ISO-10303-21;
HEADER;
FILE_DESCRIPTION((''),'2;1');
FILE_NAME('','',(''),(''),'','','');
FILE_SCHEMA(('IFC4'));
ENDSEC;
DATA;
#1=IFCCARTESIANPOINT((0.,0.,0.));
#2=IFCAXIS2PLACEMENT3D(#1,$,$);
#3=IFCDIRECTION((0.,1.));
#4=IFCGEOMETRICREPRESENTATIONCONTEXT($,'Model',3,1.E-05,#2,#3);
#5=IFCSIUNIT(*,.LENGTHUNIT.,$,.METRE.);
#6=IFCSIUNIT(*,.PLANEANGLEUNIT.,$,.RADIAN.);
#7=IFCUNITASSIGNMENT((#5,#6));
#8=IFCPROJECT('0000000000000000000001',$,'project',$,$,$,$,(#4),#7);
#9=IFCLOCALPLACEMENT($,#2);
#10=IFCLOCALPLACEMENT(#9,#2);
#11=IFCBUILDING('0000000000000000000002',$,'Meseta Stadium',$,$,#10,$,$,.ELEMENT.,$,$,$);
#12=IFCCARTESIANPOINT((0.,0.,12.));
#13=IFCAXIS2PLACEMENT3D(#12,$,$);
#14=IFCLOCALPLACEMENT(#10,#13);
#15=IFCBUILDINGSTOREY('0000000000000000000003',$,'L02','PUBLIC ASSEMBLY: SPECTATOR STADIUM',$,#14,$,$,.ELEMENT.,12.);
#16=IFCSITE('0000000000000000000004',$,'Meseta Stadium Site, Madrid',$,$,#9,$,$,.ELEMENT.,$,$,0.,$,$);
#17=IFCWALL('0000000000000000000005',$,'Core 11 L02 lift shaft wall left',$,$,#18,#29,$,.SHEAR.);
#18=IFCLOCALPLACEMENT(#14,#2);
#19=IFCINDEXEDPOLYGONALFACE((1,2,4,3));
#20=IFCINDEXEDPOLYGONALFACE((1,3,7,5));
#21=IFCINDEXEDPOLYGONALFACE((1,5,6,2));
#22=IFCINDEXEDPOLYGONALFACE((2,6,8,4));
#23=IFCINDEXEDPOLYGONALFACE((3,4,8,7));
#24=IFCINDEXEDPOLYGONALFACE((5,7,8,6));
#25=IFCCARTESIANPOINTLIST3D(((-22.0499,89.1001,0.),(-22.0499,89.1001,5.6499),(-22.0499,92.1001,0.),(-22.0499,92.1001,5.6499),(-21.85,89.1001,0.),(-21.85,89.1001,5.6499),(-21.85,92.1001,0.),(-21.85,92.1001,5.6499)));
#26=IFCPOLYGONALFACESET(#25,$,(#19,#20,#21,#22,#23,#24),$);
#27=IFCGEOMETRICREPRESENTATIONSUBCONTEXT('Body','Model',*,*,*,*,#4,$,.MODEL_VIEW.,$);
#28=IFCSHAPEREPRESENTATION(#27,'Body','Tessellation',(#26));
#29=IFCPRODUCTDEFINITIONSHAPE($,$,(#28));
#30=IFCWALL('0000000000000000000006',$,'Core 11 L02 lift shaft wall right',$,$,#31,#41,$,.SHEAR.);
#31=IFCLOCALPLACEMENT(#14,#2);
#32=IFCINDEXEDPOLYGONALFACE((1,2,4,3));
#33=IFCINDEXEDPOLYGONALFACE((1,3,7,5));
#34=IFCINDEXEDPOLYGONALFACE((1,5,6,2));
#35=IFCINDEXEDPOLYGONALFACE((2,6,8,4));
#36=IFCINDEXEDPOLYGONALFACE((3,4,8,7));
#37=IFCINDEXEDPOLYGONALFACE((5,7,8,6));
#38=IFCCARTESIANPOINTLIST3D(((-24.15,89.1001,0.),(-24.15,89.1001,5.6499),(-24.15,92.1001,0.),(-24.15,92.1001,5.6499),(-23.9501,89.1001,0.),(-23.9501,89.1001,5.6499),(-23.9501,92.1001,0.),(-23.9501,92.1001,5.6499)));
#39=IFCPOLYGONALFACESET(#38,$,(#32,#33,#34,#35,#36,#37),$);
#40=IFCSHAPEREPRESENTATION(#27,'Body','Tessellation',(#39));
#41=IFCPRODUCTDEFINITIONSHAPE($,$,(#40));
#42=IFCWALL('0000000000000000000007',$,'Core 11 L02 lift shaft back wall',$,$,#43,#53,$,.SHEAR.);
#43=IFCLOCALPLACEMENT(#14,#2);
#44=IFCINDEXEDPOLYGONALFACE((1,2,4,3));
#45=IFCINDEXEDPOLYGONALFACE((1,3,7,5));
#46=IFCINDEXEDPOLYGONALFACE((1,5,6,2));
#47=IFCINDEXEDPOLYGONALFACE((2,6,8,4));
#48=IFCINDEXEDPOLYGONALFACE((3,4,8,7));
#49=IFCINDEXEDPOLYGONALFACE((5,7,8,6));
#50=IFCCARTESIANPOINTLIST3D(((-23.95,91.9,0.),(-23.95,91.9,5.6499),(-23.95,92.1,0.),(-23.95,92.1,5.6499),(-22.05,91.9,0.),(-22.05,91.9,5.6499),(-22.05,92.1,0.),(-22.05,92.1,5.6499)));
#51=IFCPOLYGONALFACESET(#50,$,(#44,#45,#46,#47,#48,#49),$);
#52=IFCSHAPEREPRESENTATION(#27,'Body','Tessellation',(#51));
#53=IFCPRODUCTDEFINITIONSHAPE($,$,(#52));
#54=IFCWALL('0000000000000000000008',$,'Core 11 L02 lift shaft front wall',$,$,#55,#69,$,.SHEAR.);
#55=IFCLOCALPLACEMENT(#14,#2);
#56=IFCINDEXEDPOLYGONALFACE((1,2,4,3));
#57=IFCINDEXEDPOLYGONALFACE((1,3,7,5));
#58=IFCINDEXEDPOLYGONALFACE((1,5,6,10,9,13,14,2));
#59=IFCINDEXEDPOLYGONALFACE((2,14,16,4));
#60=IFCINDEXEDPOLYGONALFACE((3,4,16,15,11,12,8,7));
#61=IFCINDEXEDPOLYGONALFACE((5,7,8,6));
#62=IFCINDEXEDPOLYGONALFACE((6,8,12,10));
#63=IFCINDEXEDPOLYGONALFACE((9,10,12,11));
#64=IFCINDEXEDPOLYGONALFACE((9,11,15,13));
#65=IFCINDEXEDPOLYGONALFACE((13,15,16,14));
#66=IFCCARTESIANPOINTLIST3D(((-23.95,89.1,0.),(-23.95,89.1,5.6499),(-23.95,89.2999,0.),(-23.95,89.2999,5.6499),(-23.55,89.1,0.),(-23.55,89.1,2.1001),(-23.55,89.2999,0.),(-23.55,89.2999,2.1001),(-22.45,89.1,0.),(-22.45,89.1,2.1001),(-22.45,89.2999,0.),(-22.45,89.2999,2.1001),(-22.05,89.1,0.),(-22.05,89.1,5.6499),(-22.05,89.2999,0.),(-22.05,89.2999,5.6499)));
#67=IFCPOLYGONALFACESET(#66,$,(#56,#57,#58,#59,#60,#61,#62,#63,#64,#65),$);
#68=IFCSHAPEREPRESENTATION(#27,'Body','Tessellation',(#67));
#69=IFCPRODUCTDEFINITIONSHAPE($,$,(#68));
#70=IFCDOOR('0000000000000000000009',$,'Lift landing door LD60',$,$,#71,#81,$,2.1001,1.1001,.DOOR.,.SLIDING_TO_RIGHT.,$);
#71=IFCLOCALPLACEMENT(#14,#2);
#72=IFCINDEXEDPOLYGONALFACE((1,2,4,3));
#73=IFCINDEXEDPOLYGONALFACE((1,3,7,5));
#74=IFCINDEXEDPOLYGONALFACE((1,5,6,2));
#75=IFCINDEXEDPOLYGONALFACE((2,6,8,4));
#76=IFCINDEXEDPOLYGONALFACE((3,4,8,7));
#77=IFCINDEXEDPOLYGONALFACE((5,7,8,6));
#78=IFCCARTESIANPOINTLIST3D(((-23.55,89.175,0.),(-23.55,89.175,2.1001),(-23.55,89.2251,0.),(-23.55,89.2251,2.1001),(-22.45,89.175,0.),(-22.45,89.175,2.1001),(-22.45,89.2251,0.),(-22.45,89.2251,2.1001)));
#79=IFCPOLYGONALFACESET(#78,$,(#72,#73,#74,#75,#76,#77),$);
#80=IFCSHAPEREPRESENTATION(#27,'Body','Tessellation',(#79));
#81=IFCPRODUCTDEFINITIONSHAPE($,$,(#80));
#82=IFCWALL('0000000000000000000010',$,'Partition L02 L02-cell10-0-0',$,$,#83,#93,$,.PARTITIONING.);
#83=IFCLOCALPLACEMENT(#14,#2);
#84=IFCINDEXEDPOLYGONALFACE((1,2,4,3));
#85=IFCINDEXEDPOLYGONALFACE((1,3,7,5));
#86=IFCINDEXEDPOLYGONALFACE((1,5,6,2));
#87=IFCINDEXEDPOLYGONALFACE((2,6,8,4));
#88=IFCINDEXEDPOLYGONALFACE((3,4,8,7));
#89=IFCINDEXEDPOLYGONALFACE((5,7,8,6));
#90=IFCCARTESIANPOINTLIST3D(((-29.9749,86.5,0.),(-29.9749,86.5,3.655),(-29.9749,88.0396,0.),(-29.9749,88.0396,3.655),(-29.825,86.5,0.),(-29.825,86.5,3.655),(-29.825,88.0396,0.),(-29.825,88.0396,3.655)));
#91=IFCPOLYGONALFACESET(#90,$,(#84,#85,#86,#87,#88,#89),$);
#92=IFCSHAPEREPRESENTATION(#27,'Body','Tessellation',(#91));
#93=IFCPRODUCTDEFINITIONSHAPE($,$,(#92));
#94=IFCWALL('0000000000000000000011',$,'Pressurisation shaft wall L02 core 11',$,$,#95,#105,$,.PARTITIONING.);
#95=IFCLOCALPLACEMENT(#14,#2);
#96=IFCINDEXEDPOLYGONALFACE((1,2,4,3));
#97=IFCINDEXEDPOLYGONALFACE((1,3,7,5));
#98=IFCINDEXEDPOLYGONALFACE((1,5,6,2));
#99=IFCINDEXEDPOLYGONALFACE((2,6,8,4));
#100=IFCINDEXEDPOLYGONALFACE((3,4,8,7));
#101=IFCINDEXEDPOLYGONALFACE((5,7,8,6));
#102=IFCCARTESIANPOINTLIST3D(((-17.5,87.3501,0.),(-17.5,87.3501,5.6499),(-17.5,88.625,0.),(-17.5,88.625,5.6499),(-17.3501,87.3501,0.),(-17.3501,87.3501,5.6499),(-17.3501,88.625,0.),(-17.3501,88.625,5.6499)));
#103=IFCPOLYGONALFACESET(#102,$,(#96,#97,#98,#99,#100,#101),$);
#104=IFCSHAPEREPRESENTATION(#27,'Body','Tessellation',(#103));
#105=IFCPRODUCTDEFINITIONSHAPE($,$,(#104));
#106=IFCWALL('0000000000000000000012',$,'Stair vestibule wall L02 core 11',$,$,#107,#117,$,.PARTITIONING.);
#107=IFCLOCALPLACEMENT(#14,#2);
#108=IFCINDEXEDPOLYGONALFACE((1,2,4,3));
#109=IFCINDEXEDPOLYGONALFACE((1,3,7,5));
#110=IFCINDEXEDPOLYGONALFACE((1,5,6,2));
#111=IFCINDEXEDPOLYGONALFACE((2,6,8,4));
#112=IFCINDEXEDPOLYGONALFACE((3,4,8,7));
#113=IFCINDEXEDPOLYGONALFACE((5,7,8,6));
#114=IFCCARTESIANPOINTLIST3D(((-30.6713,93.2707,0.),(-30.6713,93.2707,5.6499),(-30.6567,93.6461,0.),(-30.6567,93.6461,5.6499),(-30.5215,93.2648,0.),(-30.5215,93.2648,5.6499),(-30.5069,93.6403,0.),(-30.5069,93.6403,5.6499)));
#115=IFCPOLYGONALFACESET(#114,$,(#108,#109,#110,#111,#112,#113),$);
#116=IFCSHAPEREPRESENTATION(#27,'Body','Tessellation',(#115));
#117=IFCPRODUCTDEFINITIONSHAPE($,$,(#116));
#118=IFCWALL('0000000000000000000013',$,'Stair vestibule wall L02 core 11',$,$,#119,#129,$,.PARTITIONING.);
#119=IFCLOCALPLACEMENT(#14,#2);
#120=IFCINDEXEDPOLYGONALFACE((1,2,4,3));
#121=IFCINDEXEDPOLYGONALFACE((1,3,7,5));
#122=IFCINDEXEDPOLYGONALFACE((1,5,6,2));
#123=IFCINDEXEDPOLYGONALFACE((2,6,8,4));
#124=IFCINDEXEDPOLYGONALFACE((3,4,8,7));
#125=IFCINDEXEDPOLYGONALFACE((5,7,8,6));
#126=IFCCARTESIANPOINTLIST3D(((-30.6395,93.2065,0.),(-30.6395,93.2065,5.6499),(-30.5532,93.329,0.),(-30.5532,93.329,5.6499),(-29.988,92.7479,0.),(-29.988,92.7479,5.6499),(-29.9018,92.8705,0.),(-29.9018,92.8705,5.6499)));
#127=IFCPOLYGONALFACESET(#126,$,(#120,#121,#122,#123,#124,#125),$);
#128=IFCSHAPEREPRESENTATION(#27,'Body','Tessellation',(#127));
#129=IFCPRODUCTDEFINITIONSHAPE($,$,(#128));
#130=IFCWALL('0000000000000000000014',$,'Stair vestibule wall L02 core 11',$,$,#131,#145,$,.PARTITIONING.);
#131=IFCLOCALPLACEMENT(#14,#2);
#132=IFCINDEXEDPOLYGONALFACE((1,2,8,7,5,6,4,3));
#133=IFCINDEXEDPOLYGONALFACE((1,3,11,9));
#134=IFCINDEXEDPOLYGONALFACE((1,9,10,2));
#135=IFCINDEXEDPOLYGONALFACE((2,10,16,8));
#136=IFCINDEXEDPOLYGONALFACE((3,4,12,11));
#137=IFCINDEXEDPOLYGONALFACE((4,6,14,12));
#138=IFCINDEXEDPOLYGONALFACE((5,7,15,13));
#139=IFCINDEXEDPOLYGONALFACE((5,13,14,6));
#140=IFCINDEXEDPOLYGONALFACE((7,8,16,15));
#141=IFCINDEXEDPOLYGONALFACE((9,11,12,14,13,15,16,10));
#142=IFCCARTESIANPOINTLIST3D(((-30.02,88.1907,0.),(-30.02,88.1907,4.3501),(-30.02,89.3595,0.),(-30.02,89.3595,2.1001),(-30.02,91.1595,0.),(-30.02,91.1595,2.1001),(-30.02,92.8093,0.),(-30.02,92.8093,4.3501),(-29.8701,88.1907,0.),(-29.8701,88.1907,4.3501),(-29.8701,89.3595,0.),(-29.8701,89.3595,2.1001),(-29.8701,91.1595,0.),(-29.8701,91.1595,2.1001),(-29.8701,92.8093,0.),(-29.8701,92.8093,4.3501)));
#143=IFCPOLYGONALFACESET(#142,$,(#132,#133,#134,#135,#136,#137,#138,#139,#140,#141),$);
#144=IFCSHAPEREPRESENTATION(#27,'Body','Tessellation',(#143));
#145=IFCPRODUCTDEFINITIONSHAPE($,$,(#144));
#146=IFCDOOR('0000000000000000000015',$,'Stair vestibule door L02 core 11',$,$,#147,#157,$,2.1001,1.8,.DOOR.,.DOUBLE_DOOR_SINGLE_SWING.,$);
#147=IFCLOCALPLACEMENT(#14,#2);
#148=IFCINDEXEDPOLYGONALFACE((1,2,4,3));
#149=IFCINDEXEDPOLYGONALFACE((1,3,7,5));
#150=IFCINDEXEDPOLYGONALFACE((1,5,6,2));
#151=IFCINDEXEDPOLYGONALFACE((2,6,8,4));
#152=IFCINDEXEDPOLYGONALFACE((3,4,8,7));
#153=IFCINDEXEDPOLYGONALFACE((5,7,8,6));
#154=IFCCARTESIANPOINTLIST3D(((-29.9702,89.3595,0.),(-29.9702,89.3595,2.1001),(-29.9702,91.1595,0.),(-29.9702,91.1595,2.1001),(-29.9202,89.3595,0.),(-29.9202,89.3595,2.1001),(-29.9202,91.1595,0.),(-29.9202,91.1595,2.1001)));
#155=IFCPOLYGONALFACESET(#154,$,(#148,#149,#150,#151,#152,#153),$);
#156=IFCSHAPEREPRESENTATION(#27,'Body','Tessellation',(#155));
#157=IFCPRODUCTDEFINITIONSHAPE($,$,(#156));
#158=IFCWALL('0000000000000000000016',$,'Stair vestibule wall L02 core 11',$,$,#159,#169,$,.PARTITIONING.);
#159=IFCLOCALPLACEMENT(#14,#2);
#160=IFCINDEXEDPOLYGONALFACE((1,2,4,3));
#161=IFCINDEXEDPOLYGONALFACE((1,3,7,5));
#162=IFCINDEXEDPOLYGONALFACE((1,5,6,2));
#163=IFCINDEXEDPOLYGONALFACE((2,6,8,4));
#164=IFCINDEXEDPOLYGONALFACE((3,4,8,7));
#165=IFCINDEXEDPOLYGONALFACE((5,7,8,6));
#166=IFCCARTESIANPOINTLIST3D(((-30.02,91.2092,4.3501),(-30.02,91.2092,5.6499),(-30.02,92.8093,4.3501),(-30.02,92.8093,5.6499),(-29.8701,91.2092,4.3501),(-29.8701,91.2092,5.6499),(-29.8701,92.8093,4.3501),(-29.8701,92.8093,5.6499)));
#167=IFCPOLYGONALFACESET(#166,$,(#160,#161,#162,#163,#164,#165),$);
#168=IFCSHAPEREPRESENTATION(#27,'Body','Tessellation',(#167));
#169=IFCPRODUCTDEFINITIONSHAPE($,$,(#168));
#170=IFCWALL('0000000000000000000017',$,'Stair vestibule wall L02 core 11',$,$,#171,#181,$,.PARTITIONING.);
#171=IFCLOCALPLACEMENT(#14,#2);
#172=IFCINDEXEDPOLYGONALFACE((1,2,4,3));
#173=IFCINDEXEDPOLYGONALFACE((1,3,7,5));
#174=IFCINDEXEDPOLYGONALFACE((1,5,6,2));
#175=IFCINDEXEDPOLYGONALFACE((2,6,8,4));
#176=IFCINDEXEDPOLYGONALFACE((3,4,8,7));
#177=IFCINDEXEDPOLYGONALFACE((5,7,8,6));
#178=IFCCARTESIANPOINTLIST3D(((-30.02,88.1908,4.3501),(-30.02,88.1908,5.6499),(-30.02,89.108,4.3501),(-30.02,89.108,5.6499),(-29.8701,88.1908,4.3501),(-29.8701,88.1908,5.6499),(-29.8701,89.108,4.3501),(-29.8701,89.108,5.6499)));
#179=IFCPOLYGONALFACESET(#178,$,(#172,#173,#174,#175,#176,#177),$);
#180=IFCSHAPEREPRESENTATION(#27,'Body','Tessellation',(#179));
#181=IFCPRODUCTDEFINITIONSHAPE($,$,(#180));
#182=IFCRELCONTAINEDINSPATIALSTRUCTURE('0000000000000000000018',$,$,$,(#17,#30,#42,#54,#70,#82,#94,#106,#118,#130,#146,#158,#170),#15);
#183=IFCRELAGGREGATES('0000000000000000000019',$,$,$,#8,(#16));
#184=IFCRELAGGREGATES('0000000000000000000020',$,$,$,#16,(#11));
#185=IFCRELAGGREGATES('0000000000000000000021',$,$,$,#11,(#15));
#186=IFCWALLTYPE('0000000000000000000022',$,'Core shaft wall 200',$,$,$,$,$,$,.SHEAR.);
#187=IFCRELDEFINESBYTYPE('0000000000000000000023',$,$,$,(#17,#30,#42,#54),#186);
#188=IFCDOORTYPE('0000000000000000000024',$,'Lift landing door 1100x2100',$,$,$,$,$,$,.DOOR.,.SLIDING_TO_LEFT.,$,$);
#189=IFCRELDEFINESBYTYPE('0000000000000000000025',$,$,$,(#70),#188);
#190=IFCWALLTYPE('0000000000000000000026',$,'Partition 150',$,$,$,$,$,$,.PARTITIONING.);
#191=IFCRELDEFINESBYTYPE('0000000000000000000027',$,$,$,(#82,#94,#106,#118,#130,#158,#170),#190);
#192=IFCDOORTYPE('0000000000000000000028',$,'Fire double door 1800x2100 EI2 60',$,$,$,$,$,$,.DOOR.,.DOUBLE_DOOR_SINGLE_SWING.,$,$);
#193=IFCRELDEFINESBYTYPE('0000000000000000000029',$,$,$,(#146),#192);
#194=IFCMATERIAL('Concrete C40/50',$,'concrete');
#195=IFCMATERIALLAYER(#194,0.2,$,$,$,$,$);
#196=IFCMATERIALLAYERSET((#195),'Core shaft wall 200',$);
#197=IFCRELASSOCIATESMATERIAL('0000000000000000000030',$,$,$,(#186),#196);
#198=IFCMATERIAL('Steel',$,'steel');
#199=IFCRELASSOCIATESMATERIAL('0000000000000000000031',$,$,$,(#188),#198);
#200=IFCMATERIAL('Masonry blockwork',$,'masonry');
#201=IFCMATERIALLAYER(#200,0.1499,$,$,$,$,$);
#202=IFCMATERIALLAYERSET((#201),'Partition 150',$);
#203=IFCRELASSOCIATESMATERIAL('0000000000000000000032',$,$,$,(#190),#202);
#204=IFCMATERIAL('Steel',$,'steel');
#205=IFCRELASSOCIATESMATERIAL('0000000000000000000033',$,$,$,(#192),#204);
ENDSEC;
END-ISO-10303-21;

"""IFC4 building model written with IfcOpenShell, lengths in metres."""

from ifc_helpers import new_model, si_unit, direction, frame, frame_2d, origin, place, context, subcontext, project, spatial, rectangle, extrude, material, layer, layer_set, type_object, element, fill, save


model = new_model("IFC4")

# Units and contexts
model_context = context("Model", 3, precision=1e-05, world=origin(), true_north=direction((0.0, 1.0)))
body_context = subcontext(model_context, "Body", "Model", "MODEL_VIEW")
ifc_project = project(units=[si_unit("LENGTHUNIT", "METRE"), si_unit("PLANEANGLEUNIT", "RADIAN")], contexts=[model_context])

# Site, building, storey
site_placement = place(None, origin())
site = spatial("IfcSite", under=ifc_project, at=site_placement, Name="Meseta Stadium Site, Madrid", CompositionType="ELEMENT", RefElevation=0.0)
building_placement = place(site_placement, origin())
building = spatial("IfcBuilding", under=site, at=building_placement, Name="Meseta Stadium", CompositionType="ELEMENT")
storey_placement = place(building_placement, frame((0.0, 0.0, 12.0)))
storey = spatial("IfcBuildingStorey", under=building, at=storey_placement, Name="L02", Description="PUBLIC ASSEMBLY: SPECTATOR STADIUM", CompositionType="ELEMENT", Elevation=12.0)

# Shared definitions
ifc_material_1 = material(Name="Concrete C40/50", Category="concrete")
ifc_layer_1 = layer(ifc_material_1, 0.2)
ifc_layer_set_1 = layer_set([ifc_layer_1], Name="Core shaft wall 200")
wall_type_1 = type_object("IfcWallType", Name="Core shaft wall 200", PredefinedType="SHEAR", material=ifc_layer_set_1)

# Walls
for number, where, z_axis, x_axis, name in (
    (1, (-21.95, 92.1001, 0.0), (0.0, 0.0, 1.0), (0.0, -1.0, 0.0), "Core 11 L02 lift shaft wall left"),
    (2, (-24.05, 92.1001, 0.0), (0.0, 0.0, 1.0), (0.0, -1.0, 0.0), "Core 11 L02 lift shaft wall right"),
):
    element("IfcWall", number, at=place(storey_placement, frame(where, z_axis=z_axis, x_axis=x_axis)), inside=storey, type_object=wall_type_1, Name=name, PredefinedType="SHEAR", context=body_context, shape_type="SweptSolid", body=[
        extrude(rectangle(XDim=3.0, YDim=0.2, at=frame_2d((1.5, 0.0))), origin(), (0.0, 0.0, 1.0), 5.6499),
    ])
wall_1_placement = place(storey_placement, frame((-22.05, 92.0, 0.0), z_axis=(0.0, 0.0, 1.0), x_axis=(-1.0, 0.0, 0.0)))
element("IfcWall", 3, at=wall_1_placement, inside=storey, type_object=wall_type_1, Name="Core 11 L02 lift shaft back wall", PredefinedType="SHEAR", context=body_context, shape_type="SweptSolid", body=[
    extrude(rectangle(XDim=1.8999, YDim=0.2, at=frame_2d((0.95, 0.0))), origin(), (0.0, 0.0, 1.0), 5.6499),
])

# Wall, opening, door
wall_2_placement = place(storey_placement, frame((-22.05, 89.2, 0.0), z_axis=(0.0, 0.0, 1.0), x_axis=(-1.0, 0.0, 0.0)))
wall_2 = element("IfcWall", 4, at=wall_2_placement, inside=storey, type_object=wall_type_1, Name="Core 11 L02 lift shaft front wall", PredefinedType="SHEAR", context=body_context, shape_type="SweptSolid", body=[
    extrude(rectangle(XDim=1.8999, YDim=0.2, at=frame_2d((0.95, 0.0))), origin(), (0.0, 0.0, 1.0), 5.6499),
])
opening_1_placement = place(wall_2_placement, frame((0.3999, 0.0, 0.0)))
opening_1 = element("IfcOpeningElement", 5, at=opening_1_placement, cuts=wall_2, PredefinedType="OPENING", context=body_context, shape_type="SweptSolid", body=[
    extrude(rectangle(XDim=1.1001, YDim=2.1001, at=frame_2d((0.55, 1.05))), frame((0.0, 0.1099, 0.0), z_axis=(0.0, -1.0, 0.0), x_axis=(1.0, 0.0, 0.0)), (0.0, 0.0, 1.0), 0.22),
])
ifc_material_2 = material(Name="Steel", Category="steel")
door_type_1 = type_object("IfcDoorType", Name="Lift landing door 1100x2100", OperationType="SLIDING_TO_LEFT", PredefinedType="DOOR", material=ifc_material_2)
door_1_placement = place(opening_1_placement, origin())
door_1 = element("IfcDoor", 6, at=door_1_placement, inside=storey, type_object=door_type_1, Name="Lift landing door LD60", OperationType="SLIDING_TO_RIGHT", OverallHeight=2.1001, OverallWidth=1.1001, PredefinedType="DOOR", context=body_context, shape_type="SweptSolid", body=[
    extrude(rectangle(XDim=1.1001, YDim=2.1001, at=frame_2d((0.55, 1.05))), frame((0.0, 0.0249, 0.0), z_axis=(0.0, -1.0, 0.0), x_axis=(1.0, 0.0, 0.0)), (0.0, 0.0, 1.0), 0.05),
])
fill(opening_1, door_1)

# Walls
ifc_material_3 = material(Name="Masonry blockwork", Category="masonry")
ifc_layer_2 = layer(ifc_material_3, 0.1499)
ifc_layer_set_2 = layer_set([ifc_layer_2], Name="Partition 150")
wall_type_2 = type_object("IfcWallType", Name="Partition 150", PredefinedType="PARTITIONING", material=ifc_layer_set_2)
wall_3_placement = place(storey_placement, frame((-29.8999, 88.0396, 0.0), z_axis=(0.0, 0.0, 1.0), x_axis=(0.0, -1.0, 0.0)))
element("IfcWall", 7, at=wall_3_placement, inside=storey, type_object=wall_type_2, Name="Partition L02 L02-cell10-0-0", PredefinedType="PARTITIONING", context=body_context, shape_type="SweptSolid", body=[
    extrude(rectangle(XDim=1.5396, YDim=0.1499, at=frame_2d((0.7698, 0.0))), origin(), (0.0, 0.0, 1.0), 3.655),
])
wall_4_placement = place(storey_placement, frame((-17.425, 88.625, 0.0), z_axis=(0.0, 0.0, 1.0), x_axis=(0.0, -1.0, 0.0)))
element("IfcWall", 8, at=wall_4_placement, inside=storey, type_object=wall_type_2, Name="Pressurisation shaft wall L02 core 11", PredefinedType="PARTITIONING", context=body_context, shape_type="SweptSolid", body=[
    extrude(rectangle(XDim=1.2749, YDim=0.1499, at=frame_2d((0.6375, 0.0))), origin(), (0.0, 0.0, 1.0), 5.6499),
])
wall_5_placement = place(storey_placement, frame((-30.5818, 93.6433, 0.0), z_axis=(0.0, 0.0, 1.0), x_axis=(-0.038982, -0.99924, 0.0)))
element("IfcWall", 9, at=wall_5_placement, inside=storey, type_object=wall_type_2, Name="Stair vestibule wall L02 core 11", PredefinedType="PARTITIONING", context=body_context, shape_type="SweptSolid", body=[
    extrude(rectangle(XDim=0.3757, YDim=0.1499, at=frame_2d((0.188, 0.0))), origin(), (0.0, 0.0, 1.0), 5.6499),
])
wall_6_placement = place(storey_placement, frame((-30.5964, 93.2678, 0.0), z_axis=(0.0, 0.0, 1.0), x_axis=(0.817732, -0.5756, 0.0)))
element("IfcWall", 10, at=wall_6_placement, inside=storey, type_object=wall_type_2, Name="Stair vestibule wall L02 core 11", PredefinedType="PARTITIONING", context=body_context, shape_type="SweptSolid", body=[
    extrude(rectangle(XDim=0.7966, YDim=0.1499, at=frame_2d((0.3984, 0.0))), origin(), (0.0, 0.0, 1.0), 5.6499),
])

# Wall, opening, door
wall_7_placement = place(storey_placement, frame((-29.9451, 92.8093, 0.0), z_axis=(0.0, 0.0, 1.0), x_axis=(0.0, -1.0, 0.0)))
wall_7 = element("IfcWall", 11, at=wall_7_placement, inside=storey, type_object=wall_type_2, Name="Stair vestibule wall L02 core 11", PredefinedType="PARTITIONING", context=body_context, shape_type="SweptSolid", body=[
    extrude(rectangle(XDim=4.6187, YDim=0.1499, at=frame_2d((2.3093, 0.0))), origin(), (0.0, 0.0, 1.0), 4.3501),
])
opening_2_placement = place(wall_7_placement, frame((1.6499, 0.0, 0.0)))
opening_2 = element("IfcOpeningElement", 12, at=opening_2_placement, cuts=wall_7, PredefinedType="OPENING", context=body_context, shape_type="SweptSolid", body=[
    extrude(rectangle(XDim=1.8, YDim=2.1001, at=frame_2d((0.8999, 1.05))), frame((0.0, 0.085, 0.0), z_axis=(0.0, -1.0, 0.0), x_axis=(1.0, 0.0, 0.0)), (0.0, 0.0, 1.0), 0.1699),
])
ifc_material_4 = material(Name="Steel", Category="steel")
door_type_2 = type_object("IfcDoorType", Name="Fire double door 1800x2100 EI2 60", OperationType="DOUBLE_DOOR_SINGLE_SWING", PredefinedType="DOOR", material=ifc_material_4)
door_2_placement = place(opening_2_placement, origin())
door_2 = element("IfcDoor", 13, at=door_2_placement, inside=storey, type_object=door_type_2, Name="Stair vestibule door L02 core 11", OperationType="DOUBLE_DOOR_SINGLE_SWING", OverallHeight=2.1001, OverallWidth=1.8, PredefinedType="DOOR", context=body_context, shape_type="SweptSolid", body=[
    extrude(rectangle(XDim=1.8, YDim=2.1001, at=frame_2d((0.8999, 1.05))), frame((0.0, 0.0249, 0.0), z_axis=(0.0, -1.0, 0.0), x_axis=(1.0, 0.0, 0.0)), (0.0, 0.0, 1.0), 0.05),
])
fill(opening_2, door_2)

# Walls
wall_8_placement = place(storey_placement, frame((-29.9451, 92.8093, 4.3501), z_axis=(0.0, 0.0, 1.0), x_axis=(0.0, -1.0, 0.0)))
element("IfcWall", 14, at=wall_8_placement, inside=storey, type_object=wall_type_2, Name="Stair vestibule wall L02 core 11", PredefinedType="PARTITIONING", context=body_context, shape_type="SweptSolid", body=[
    extrude(rectangle(XDim=1.6001, YDim=0.1499, at=frame_2d((0.8, 0.0))), origin(), (0.0, 0.0, 1.0), 1.2998),
])
wall_9_placement = place(storey_placement, frame((-29.9451, 89.1079, 4.3501), z_axis=(0.0, 0.0, 1.0), x_axis=(0.0, -1.0, 0.0)))
element("IfcWall", 15, at=wall_9_placement, inside=storey, type_object=wall_type_2, Name="Stair vestibule wall L02 core 11", PredefinedType="PARTITIONING", context=body_context, shape_type="SweptSolid", body=[
    extrude(rectangle(XDim=0.9172, YDim=0.1499, at=frame_2d((0.4585, 0.0))), origin(), (0.0, 0.0, 1.0), 1.2998),
])

save(model, "model.ifc")
